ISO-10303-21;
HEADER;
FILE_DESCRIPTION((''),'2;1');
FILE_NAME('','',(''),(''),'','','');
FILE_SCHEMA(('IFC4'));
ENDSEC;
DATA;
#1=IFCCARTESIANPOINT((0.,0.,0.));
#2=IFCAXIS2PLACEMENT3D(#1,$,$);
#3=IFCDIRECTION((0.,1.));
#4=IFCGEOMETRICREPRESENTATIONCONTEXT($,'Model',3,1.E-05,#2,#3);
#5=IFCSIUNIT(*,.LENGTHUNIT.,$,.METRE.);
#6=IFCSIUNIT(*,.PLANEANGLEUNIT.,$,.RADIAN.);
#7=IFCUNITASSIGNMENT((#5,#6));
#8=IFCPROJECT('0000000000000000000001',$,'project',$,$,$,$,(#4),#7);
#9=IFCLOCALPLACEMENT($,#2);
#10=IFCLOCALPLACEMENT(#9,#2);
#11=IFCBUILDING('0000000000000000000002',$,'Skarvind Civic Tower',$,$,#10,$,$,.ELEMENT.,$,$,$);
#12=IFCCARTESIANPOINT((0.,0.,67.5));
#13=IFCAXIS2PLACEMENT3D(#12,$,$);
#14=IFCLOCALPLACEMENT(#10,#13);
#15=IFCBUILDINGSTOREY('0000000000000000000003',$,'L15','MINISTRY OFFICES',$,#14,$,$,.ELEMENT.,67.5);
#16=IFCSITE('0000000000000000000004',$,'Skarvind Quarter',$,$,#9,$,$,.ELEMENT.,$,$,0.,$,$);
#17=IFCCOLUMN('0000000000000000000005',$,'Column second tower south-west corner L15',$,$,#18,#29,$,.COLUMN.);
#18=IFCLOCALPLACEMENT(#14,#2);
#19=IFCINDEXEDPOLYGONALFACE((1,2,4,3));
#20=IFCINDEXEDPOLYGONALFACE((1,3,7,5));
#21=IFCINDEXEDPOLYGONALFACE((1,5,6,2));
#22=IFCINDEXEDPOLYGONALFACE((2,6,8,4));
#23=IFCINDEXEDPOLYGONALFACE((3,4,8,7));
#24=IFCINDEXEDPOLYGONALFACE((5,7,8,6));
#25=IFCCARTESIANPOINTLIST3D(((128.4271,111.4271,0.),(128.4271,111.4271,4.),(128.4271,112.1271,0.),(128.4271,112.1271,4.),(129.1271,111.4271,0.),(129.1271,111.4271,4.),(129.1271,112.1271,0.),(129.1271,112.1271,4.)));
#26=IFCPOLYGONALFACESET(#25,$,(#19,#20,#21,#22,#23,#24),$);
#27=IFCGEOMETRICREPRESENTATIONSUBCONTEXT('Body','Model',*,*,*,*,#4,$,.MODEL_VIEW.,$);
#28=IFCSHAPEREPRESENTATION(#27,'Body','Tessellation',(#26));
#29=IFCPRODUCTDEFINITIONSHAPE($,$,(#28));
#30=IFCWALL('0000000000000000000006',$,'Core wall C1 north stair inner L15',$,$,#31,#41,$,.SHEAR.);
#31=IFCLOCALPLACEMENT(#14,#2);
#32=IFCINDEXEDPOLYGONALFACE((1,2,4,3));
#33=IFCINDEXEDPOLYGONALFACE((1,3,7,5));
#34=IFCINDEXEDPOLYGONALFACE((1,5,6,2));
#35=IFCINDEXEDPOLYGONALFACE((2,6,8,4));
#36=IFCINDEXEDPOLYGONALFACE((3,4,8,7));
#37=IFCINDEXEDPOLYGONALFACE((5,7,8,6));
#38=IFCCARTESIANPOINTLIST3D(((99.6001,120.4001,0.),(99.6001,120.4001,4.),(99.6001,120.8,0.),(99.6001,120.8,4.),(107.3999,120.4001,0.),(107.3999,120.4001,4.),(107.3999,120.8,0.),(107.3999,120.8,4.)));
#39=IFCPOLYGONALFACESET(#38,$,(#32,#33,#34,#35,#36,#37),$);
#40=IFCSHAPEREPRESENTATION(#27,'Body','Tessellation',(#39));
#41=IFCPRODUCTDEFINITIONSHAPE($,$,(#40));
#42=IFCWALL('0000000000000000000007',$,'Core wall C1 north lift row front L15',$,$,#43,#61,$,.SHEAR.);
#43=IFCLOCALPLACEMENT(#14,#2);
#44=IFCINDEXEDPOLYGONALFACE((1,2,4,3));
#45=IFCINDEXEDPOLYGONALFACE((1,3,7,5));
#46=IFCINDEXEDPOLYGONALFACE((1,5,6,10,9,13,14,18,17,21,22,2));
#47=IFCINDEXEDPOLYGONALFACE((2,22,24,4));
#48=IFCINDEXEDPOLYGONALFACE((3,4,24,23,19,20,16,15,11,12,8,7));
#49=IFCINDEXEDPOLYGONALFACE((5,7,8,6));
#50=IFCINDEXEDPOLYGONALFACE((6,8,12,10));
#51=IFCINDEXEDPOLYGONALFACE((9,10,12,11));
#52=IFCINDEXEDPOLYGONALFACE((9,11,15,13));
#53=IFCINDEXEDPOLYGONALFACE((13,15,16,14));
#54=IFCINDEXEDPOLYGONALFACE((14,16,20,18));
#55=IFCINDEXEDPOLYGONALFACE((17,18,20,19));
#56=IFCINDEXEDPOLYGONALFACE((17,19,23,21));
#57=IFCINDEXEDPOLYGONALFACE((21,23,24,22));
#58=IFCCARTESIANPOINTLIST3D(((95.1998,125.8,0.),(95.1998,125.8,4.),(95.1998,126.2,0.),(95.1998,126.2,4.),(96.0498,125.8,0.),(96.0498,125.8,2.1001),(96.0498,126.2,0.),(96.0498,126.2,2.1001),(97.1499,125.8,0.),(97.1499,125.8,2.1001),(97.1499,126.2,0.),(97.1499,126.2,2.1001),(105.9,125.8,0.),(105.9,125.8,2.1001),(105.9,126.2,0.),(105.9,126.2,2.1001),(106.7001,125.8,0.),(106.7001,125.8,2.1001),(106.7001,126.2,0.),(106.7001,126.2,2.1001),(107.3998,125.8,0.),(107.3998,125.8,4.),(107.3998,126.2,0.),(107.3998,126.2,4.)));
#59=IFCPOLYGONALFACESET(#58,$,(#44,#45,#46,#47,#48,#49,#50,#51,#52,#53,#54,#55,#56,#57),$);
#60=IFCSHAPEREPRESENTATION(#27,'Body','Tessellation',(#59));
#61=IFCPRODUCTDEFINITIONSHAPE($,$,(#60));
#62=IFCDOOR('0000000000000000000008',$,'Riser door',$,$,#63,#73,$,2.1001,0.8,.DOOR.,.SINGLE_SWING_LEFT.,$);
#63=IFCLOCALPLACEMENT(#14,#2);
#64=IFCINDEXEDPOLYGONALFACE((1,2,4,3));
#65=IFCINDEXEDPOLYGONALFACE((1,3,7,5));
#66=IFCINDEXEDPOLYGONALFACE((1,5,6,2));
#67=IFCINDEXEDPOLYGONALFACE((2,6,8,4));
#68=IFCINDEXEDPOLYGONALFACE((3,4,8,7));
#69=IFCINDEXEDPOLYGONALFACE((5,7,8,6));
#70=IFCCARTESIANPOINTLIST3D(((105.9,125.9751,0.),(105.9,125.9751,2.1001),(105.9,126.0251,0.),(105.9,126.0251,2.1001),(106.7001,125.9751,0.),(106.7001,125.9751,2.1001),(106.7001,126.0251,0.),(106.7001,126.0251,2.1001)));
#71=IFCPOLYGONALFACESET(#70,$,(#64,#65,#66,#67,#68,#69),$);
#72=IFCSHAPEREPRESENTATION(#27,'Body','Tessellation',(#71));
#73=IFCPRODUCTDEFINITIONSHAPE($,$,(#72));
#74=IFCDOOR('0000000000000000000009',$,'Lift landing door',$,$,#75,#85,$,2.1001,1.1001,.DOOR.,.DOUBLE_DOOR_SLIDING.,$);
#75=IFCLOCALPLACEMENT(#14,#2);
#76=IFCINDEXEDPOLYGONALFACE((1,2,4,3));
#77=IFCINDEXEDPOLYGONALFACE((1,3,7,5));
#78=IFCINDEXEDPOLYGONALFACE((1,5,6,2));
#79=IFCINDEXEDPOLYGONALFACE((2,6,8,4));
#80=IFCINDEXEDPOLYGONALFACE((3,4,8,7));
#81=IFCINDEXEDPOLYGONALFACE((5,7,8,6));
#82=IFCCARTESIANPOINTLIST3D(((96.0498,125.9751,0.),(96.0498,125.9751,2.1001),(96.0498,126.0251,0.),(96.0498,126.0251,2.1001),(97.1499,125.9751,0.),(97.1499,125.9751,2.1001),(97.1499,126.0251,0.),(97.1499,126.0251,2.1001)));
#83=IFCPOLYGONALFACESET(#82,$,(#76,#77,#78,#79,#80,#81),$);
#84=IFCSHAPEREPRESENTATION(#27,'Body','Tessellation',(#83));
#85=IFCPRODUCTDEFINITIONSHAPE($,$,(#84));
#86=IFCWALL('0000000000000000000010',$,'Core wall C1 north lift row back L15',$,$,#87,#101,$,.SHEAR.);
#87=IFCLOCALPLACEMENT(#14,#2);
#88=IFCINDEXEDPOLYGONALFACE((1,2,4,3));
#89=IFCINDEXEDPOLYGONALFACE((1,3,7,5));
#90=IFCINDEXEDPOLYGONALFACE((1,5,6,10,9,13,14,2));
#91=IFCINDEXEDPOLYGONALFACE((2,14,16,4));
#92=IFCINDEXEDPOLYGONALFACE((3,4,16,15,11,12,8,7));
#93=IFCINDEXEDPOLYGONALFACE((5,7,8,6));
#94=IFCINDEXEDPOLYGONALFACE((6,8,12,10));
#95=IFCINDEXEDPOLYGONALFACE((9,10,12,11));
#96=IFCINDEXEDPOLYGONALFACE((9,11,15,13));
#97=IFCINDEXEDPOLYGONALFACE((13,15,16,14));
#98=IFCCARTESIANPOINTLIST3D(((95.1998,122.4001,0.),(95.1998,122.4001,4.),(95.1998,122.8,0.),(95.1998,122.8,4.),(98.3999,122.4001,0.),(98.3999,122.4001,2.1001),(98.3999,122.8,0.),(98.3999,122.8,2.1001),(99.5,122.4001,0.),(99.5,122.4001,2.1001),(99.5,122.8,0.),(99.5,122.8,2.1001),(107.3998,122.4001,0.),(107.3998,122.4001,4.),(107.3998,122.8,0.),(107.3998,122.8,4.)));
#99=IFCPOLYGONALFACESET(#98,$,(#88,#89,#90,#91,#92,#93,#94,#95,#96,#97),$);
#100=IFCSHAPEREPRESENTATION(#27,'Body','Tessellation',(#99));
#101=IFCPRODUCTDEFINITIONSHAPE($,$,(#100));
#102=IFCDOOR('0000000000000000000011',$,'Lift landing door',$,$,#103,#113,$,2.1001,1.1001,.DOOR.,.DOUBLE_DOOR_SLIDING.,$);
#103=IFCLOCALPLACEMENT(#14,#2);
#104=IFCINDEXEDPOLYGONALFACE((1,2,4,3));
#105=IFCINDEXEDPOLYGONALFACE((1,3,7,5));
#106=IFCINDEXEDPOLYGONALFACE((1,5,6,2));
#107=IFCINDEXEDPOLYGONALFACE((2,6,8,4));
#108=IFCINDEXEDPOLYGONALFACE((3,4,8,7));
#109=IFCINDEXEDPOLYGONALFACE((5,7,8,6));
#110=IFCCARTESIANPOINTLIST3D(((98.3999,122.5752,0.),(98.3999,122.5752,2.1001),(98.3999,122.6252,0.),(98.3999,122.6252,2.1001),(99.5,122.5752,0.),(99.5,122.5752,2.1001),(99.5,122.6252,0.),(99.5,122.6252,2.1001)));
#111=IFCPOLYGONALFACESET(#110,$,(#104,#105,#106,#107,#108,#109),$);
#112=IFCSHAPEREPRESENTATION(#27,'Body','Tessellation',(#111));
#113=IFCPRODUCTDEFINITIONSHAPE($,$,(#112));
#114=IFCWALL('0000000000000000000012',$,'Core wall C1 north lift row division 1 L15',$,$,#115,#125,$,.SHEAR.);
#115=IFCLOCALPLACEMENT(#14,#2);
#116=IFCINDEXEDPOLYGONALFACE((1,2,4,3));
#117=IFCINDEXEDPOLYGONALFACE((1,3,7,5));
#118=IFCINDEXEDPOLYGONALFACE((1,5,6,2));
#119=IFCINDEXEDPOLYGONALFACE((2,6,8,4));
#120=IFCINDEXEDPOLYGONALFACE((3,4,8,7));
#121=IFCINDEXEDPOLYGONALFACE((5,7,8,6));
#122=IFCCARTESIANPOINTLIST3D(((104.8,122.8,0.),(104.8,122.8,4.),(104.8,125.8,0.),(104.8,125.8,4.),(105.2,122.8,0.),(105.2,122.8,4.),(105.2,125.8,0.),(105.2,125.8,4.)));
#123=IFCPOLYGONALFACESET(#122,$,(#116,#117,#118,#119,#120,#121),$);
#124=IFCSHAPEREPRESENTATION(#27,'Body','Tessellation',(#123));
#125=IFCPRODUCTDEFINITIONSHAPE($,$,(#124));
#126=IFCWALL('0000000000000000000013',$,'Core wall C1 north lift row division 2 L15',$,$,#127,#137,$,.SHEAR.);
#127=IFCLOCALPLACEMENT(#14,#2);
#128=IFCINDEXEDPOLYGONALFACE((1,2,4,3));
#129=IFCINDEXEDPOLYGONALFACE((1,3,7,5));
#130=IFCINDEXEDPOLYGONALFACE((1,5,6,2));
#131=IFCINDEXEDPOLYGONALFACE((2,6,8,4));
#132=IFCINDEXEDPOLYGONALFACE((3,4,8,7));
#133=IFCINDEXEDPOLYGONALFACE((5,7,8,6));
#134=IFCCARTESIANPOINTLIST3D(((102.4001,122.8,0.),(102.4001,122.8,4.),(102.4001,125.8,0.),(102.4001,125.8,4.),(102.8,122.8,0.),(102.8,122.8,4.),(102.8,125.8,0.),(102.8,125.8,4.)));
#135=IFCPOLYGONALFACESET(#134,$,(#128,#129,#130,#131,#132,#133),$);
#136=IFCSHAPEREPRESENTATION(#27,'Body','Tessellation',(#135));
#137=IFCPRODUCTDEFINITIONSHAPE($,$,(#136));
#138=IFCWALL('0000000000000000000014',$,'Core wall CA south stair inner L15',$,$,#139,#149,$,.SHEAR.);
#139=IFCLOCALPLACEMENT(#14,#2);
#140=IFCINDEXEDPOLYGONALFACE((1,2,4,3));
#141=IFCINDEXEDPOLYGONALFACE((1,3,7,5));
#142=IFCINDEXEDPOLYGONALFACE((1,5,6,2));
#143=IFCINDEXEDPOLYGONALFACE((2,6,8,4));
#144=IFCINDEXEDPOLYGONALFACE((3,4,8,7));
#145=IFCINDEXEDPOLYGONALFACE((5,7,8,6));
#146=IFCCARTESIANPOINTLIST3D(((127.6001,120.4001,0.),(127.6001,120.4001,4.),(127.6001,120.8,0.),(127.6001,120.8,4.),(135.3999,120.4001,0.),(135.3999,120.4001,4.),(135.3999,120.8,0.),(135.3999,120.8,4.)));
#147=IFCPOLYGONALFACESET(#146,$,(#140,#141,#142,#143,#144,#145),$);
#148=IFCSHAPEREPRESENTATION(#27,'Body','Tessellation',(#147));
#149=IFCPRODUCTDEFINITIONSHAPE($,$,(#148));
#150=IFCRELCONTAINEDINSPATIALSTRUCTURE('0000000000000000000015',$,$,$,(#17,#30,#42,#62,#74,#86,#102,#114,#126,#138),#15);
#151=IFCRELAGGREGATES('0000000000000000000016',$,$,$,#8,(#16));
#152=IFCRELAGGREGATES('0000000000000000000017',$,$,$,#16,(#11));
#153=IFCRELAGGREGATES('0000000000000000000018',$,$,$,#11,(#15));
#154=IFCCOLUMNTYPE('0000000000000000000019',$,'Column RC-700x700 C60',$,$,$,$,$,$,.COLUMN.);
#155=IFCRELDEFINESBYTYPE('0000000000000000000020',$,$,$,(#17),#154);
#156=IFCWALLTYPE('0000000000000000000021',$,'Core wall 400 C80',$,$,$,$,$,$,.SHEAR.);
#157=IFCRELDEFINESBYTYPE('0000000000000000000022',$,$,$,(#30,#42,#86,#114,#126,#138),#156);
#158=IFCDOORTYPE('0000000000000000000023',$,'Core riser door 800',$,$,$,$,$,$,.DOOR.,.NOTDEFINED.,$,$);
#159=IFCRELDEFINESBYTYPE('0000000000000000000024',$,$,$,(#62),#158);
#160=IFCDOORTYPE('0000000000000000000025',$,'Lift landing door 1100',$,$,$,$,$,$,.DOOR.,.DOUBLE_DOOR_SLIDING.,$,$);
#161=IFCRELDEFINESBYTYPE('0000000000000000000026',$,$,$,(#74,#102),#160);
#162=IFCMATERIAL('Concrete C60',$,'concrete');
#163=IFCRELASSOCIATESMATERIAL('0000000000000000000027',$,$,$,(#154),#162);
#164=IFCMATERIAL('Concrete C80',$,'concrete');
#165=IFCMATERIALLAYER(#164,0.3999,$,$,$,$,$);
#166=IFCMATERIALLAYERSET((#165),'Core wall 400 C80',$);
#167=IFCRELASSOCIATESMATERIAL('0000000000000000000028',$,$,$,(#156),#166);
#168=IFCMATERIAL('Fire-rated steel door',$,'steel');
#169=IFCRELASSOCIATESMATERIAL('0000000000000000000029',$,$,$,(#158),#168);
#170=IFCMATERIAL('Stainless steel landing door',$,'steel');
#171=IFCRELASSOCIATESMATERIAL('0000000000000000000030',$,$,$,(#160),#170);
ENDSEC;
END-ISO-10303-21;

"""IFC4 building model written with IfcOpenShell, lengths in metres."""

from ifc_helpers import new_model, si_unit, direction, frame, frame_2d, origin, origin_2d, place, context, subcontext, project, spatial, rectangle, extrude, material, layer, layer_set, material_profile, profile_set, type_object, element, fill, save


model = new_model("IFC4")

# Units and contexts
model_context = context("Model", 3, precision=1e-05, world=origin(), true_north=direction((0.0, 1.0)))
body_context = subcontext(model_context, "Body", "Model", "MODEL_VIEW")
ifc_project = project(units=[si_unit("LENGTHUNIT", "METRE"), si_unit("PLANEANGLEUNIT", "RADIAN")], contexts=[model_context])

# Site, building, storey
site_placement = place(None, origin())
site = spatial("IfcSite", under=ifc_project, at=site_placement, Name="Skarvind Quarter", CompositionType="ELEMENT", RefElevation=0.0)
building_placement = place(site_placement, origin())
building = spatial("IfcBuilding", under=site, at=building_placement, Name="Skarvind Civic Tower", CompositionType="ELEMENT")
storey_placement = place(building_placement, frame((0.0, 0.0, 67.5)))
storey = spatial("IfcBuildingStorey", under=building, at=storey_placement, Name="L15", Description="MINISTRY OFFICES", CompositionType="ELEMENT", Elevation=67.5)

# Column
ifc_material_1 = material(Name="Concrete C60", Category="concrete")
ifc_material_profile = material_profile(ifc_material_1, rectangle(XDim=0.7, YDim=0.7, at=origin_2d()), Name="RC-700x700")
ifc_profile_set = profile_set([ifc_material_profile], Name="Concrete C60")
column_type = type_object("IfcColumnType", Name="Column RC-700x700 C60", PredefinedType="COLUMN", material=ifc_profile_set)
column_placement = place(storey_placement, frame((128.7771, 111.7771, 0.0), z_axis=(0.0, 0.0, 1.0), x_axis=(1.0, 0.0, 0.0)))
element("IfcColumn", 1, at=column_placement, inside=storey, type_object=column_type, Name="Column second tower south-west corner L15", PredefinedType="COLUMN", context=body_context, shape_type="SweptSolid", body=[
    extrude(rectangle(XDim=0.7, YDim=0.7, at=origin_2d()), origin(), (0.0, 0.0, 1.0), 4.0),
])

# Wall
ifc_material_2 = material(Name="Concrete C80", Category="concrete")
ifc_layer_1 = layer(ifc_material_2, 0.3999)
ifc_layer_set_1 = layer_set([ifc_layer_1], Name="Core wall 400 C80")
wall_type_1 = type_object("IfcWallType", Name="Core wall 400 C80", PredefinedType="SHEAR", material=ifc_layer_set_1)
wall_1_placement = place(storey_placement, frame((107.3999, 120.6001, 0.0), z_axis=(0.0, 0.0, 1.0), x_axis=(-1.0, 0.0, 0.0)))
element("IfcWall", 2, at=wall_1_placement, inside=storey, type_object=wall_type_1, Name="Core wall C1 north stair inner L15", PredefinedType="SHEAR", context=body_context, shape_type="SweptSolid", body=[
    extrude(rectangle(XDim=7.7998, YDim=0.3999, at=frame_2d((3.8999, 0.0))), origin(), (0.0, 0.0, 1.0), 4.0),
])

# Wall, openings, doors
wall_2_placement = place(storey_placement, frame((107.3999, 126.0, 0.0), z_axis=(0.0, 0.0, 1.0), x_axis=(-1.0, 0.0, 0.0)))
wall_2 = element("IfcWall", 3, at=wall_2_placement, inside=storey, type_object=wall_type_1, Name="Core wall C1 north lift row front L15", PredefinedType="SHEAR", context=body_context, shape_type="SweptSolid", body=[
    extrude(rectangle(XDim=12.2, YDim=0.3999, at=frame_2d((6.1001, 0.0))), origin(), (0.0, 0.0, 1.0), 4.0),
])
opening_1_placement = place(wall_2_placement, frame((10.25, 0.0, 0.0)))
opening_1 = element("IfcOpeningElement", 4, at=opening_1_placement, cuts=wall_2, PredefinedType="OPENING", context=body_context, shape_type="SweptSolid", body=[
    extrude(rectangle(XDim=1.1001, YDim=2.1001, at=frame_2d((0.55, 1.05))), frame((0.0, 0.21, 0.0), z_axis=(0.0, -1.0, 0.0), x_axis=(1.0, 0.0, 0.0)), (0.0, 0.0, 1.0), 0.4199),
])
opening_2_placement = place(wall_2_placement, frame((0.7, 0.0, 0.0)))
opening_2 = element("IfcOpeningElement", 5, at=opening_2_placement, cuts=wall_2, PredefinedType="OPENING", context=body_context, shape_type="SweptSolid", body=[
    extrude(rectangle(XDim=0.8, YDim=2.1001, at=frame_2d((0.3999, 1.05))), frame((0.0, 0.21, 0.0), z_axis=(0.0, -1.0, 0.0), x_axis=(1.0, 0.0, 0.0)), (0.0, 0.0, 1.0), 0.4199),
])
ifc_material_3 = material(Name="Fire-rated steel door", Category="steel")
door_type_1 = type_object("IfcDoorType", Name="Core riser door 800", OperationType="NOTDEFINED", PredefinedType="DOOR", material=ifc_material_3)
door_1_placement = place(opening_2_placement, origin())
door_1 = element("IfcDoor", 6, at=door_1_placement, inside=storey, type_object=door_type_1, Name="Riser door", OperationType="SINGLE_SWING_LEFT", OverallHeight=2.1001, OverallWidth=0.8, PredefinedType="DOOR", context=body_context, shape_type="SweptSolid", body=[
    extrude(rectangle(XDim=0.8, YDim=2.1001, at=frame_2d((0.3999, 1.05))), frame((0.0, 0.0249, 0.0), z_axis=(0.0, -1.0, 0.0), x_axis=(1.0, 0.0, 0.0)), (0.0, 0.0, 1.0), 0.05),
])
fill(opening_2, door_1)
ifc_material_4 = material(Name="Stainless steel landing door", Category="steel")
door_type_2 = type_object("IfcDoorType", Name="Lift landing door 1100", OperationType="DOUBLE_DOOR_SLIDING", PredefinedType="DOOR", material=ifc_material_4)
door_2_placement = place(opening_1_placement, origin())
door_2 = element("IfcDoor", 7, at=door_2_placement, inside=storey, type_object=door_type_2, Name="Lift landing door", OperationType="DOUBLE_DOOR_SLIDING", OverallHeight=2.1001, OverallWidth=1.1001, PredefinedType="DOOR", context=body_context, shape_type="SweptSolid", body=[
    extrude(rectangle(XDim=1.1001, YDim=2.1001, at=frame_2d((0.55, 1.05))), frame((0.0, 0.0249, 0.0), z_axis=(0.0, -1.0, 0.0), x_axis=(1.0, 0.0, 0.0)), (0.0, 0.0, 1.0), 0.05),
])
fill(opening_1, door_2)

# Wall, opening, door
wall_3_placement = place(storey_placement, frame((107.3999, 122.6001, 0.0), z_axis=(0.0, 0.0, 1.0), x_axis=(-1.0, 0.0, 0.0)))
wall_3 = element("IfcWall", 8, at=wall_3_placement, inside=storey, type_object=wall_type_1, Name="Core wall C1 north lift row back L15", PredefinedType="SHEAR", context=body_context, shape_type="SweptSolid", body=[
    extrude(rectangle(XDim=12.2, YDim=0.3999, at=frame_2d((6.1001, 0.0))), origin(), (0.0, 0.0, 1.0), 4.0),
])
opening_3_placement = place(wall_3_placement, frame((7.8999, 0.0, 0.0)))
opening_3 = element("IfcOpeningElement", 9, at=opening_3_placement, cuts=wall_3, PredefinedType="OPENING", context=body_context, shape_type="SweptSolid", body=[
    extrude(rectangle(XDim=1.1001, YDim=2.1001, at=frame_2d((0.55, 1.05))), frame((0.0, 0.21, 0.0), z_axis=(0.0, -1.0, 0.0), x_axis=(1.0, 0.0, 0.0)), (0.0, 0.0, 1.0), 0.4199),
])
door_3_placement = place(opening_3_placement, origin())
door_3 = element("IfcDoor", 10, at=door_3_placement, inside=storey, type_object=door_type_2, Name="Lift landing door", OperationType="DOUBLE_DOOR_SLIDING", OverallHeight=2.1001, OverallWidth=1.1001, PredefinedType="DOOR", context=body_context, shape_type="SweptSolid", body=[
    extrude(rectangle(XDim=1.1001, YDim=2.1001, at=frame_2d((0.55, 1.05))), frame((0.0, 0.0249, 0.0), z_axis=(0.0, -1.0, 0.0), x_axis=(1.0, 0.0, 0.0)), (0.0, 0.0, 1.0), 0.05),
])
fill(opening_3, door_3)

# Walls
for number, where, z_axis, x_axis, name in (
    (11, (105.0, 125.8, 0.0), (0.0, 0.0, 1.0), (0.0, -1.0, 0.0), "Core wall C1 north lift row division 1 L15"),
    (12, (102.6001, 125.8, 0.0), (0.0, 0.0, 1.0), (0.0, -1.0, 0.0), "Core wall C1 north lift row division 2 L15"),
):
    element("IfcWall", number, at=place(storey_placement, frame(where, z_axis=z_axis, x_axis=x_axis)), inside=storey, type_object=wall_type_1, Name=name, PredefinedType="SHEAR", context=body_context, shape_type="SweptSolid", body=[
        extrude(rectangle(XDim=3.0, YDim=0.3999, at=frame_2d((1.5, 0.0))), origin(), (0.0, 0.0, 1.0), 4.0),
    ])
wall_4_placement = place(storey_placement, frame((127.6001, 120.6001, 0.0), z_axis=(0.0, 0.0, 1.0), x_axis=(1.0, 0.0, 0.0)))
element("IfcWall", 13, at=wall_4_placement, inside=storey, type_object=wall_type_1, Name="Core wall CA south stair inner L15", PredefinedType="SHEAR", context=body_context, shape_type="SweptSolid", body=[
    extrude(rectangle(XDim=7.7998, YDim=0.3999, at=frame_2d((3.8999, 0.0))), origin(), (0.0, 0.0, 1.0), 4.0),
])

save(model, "model.ifc")
